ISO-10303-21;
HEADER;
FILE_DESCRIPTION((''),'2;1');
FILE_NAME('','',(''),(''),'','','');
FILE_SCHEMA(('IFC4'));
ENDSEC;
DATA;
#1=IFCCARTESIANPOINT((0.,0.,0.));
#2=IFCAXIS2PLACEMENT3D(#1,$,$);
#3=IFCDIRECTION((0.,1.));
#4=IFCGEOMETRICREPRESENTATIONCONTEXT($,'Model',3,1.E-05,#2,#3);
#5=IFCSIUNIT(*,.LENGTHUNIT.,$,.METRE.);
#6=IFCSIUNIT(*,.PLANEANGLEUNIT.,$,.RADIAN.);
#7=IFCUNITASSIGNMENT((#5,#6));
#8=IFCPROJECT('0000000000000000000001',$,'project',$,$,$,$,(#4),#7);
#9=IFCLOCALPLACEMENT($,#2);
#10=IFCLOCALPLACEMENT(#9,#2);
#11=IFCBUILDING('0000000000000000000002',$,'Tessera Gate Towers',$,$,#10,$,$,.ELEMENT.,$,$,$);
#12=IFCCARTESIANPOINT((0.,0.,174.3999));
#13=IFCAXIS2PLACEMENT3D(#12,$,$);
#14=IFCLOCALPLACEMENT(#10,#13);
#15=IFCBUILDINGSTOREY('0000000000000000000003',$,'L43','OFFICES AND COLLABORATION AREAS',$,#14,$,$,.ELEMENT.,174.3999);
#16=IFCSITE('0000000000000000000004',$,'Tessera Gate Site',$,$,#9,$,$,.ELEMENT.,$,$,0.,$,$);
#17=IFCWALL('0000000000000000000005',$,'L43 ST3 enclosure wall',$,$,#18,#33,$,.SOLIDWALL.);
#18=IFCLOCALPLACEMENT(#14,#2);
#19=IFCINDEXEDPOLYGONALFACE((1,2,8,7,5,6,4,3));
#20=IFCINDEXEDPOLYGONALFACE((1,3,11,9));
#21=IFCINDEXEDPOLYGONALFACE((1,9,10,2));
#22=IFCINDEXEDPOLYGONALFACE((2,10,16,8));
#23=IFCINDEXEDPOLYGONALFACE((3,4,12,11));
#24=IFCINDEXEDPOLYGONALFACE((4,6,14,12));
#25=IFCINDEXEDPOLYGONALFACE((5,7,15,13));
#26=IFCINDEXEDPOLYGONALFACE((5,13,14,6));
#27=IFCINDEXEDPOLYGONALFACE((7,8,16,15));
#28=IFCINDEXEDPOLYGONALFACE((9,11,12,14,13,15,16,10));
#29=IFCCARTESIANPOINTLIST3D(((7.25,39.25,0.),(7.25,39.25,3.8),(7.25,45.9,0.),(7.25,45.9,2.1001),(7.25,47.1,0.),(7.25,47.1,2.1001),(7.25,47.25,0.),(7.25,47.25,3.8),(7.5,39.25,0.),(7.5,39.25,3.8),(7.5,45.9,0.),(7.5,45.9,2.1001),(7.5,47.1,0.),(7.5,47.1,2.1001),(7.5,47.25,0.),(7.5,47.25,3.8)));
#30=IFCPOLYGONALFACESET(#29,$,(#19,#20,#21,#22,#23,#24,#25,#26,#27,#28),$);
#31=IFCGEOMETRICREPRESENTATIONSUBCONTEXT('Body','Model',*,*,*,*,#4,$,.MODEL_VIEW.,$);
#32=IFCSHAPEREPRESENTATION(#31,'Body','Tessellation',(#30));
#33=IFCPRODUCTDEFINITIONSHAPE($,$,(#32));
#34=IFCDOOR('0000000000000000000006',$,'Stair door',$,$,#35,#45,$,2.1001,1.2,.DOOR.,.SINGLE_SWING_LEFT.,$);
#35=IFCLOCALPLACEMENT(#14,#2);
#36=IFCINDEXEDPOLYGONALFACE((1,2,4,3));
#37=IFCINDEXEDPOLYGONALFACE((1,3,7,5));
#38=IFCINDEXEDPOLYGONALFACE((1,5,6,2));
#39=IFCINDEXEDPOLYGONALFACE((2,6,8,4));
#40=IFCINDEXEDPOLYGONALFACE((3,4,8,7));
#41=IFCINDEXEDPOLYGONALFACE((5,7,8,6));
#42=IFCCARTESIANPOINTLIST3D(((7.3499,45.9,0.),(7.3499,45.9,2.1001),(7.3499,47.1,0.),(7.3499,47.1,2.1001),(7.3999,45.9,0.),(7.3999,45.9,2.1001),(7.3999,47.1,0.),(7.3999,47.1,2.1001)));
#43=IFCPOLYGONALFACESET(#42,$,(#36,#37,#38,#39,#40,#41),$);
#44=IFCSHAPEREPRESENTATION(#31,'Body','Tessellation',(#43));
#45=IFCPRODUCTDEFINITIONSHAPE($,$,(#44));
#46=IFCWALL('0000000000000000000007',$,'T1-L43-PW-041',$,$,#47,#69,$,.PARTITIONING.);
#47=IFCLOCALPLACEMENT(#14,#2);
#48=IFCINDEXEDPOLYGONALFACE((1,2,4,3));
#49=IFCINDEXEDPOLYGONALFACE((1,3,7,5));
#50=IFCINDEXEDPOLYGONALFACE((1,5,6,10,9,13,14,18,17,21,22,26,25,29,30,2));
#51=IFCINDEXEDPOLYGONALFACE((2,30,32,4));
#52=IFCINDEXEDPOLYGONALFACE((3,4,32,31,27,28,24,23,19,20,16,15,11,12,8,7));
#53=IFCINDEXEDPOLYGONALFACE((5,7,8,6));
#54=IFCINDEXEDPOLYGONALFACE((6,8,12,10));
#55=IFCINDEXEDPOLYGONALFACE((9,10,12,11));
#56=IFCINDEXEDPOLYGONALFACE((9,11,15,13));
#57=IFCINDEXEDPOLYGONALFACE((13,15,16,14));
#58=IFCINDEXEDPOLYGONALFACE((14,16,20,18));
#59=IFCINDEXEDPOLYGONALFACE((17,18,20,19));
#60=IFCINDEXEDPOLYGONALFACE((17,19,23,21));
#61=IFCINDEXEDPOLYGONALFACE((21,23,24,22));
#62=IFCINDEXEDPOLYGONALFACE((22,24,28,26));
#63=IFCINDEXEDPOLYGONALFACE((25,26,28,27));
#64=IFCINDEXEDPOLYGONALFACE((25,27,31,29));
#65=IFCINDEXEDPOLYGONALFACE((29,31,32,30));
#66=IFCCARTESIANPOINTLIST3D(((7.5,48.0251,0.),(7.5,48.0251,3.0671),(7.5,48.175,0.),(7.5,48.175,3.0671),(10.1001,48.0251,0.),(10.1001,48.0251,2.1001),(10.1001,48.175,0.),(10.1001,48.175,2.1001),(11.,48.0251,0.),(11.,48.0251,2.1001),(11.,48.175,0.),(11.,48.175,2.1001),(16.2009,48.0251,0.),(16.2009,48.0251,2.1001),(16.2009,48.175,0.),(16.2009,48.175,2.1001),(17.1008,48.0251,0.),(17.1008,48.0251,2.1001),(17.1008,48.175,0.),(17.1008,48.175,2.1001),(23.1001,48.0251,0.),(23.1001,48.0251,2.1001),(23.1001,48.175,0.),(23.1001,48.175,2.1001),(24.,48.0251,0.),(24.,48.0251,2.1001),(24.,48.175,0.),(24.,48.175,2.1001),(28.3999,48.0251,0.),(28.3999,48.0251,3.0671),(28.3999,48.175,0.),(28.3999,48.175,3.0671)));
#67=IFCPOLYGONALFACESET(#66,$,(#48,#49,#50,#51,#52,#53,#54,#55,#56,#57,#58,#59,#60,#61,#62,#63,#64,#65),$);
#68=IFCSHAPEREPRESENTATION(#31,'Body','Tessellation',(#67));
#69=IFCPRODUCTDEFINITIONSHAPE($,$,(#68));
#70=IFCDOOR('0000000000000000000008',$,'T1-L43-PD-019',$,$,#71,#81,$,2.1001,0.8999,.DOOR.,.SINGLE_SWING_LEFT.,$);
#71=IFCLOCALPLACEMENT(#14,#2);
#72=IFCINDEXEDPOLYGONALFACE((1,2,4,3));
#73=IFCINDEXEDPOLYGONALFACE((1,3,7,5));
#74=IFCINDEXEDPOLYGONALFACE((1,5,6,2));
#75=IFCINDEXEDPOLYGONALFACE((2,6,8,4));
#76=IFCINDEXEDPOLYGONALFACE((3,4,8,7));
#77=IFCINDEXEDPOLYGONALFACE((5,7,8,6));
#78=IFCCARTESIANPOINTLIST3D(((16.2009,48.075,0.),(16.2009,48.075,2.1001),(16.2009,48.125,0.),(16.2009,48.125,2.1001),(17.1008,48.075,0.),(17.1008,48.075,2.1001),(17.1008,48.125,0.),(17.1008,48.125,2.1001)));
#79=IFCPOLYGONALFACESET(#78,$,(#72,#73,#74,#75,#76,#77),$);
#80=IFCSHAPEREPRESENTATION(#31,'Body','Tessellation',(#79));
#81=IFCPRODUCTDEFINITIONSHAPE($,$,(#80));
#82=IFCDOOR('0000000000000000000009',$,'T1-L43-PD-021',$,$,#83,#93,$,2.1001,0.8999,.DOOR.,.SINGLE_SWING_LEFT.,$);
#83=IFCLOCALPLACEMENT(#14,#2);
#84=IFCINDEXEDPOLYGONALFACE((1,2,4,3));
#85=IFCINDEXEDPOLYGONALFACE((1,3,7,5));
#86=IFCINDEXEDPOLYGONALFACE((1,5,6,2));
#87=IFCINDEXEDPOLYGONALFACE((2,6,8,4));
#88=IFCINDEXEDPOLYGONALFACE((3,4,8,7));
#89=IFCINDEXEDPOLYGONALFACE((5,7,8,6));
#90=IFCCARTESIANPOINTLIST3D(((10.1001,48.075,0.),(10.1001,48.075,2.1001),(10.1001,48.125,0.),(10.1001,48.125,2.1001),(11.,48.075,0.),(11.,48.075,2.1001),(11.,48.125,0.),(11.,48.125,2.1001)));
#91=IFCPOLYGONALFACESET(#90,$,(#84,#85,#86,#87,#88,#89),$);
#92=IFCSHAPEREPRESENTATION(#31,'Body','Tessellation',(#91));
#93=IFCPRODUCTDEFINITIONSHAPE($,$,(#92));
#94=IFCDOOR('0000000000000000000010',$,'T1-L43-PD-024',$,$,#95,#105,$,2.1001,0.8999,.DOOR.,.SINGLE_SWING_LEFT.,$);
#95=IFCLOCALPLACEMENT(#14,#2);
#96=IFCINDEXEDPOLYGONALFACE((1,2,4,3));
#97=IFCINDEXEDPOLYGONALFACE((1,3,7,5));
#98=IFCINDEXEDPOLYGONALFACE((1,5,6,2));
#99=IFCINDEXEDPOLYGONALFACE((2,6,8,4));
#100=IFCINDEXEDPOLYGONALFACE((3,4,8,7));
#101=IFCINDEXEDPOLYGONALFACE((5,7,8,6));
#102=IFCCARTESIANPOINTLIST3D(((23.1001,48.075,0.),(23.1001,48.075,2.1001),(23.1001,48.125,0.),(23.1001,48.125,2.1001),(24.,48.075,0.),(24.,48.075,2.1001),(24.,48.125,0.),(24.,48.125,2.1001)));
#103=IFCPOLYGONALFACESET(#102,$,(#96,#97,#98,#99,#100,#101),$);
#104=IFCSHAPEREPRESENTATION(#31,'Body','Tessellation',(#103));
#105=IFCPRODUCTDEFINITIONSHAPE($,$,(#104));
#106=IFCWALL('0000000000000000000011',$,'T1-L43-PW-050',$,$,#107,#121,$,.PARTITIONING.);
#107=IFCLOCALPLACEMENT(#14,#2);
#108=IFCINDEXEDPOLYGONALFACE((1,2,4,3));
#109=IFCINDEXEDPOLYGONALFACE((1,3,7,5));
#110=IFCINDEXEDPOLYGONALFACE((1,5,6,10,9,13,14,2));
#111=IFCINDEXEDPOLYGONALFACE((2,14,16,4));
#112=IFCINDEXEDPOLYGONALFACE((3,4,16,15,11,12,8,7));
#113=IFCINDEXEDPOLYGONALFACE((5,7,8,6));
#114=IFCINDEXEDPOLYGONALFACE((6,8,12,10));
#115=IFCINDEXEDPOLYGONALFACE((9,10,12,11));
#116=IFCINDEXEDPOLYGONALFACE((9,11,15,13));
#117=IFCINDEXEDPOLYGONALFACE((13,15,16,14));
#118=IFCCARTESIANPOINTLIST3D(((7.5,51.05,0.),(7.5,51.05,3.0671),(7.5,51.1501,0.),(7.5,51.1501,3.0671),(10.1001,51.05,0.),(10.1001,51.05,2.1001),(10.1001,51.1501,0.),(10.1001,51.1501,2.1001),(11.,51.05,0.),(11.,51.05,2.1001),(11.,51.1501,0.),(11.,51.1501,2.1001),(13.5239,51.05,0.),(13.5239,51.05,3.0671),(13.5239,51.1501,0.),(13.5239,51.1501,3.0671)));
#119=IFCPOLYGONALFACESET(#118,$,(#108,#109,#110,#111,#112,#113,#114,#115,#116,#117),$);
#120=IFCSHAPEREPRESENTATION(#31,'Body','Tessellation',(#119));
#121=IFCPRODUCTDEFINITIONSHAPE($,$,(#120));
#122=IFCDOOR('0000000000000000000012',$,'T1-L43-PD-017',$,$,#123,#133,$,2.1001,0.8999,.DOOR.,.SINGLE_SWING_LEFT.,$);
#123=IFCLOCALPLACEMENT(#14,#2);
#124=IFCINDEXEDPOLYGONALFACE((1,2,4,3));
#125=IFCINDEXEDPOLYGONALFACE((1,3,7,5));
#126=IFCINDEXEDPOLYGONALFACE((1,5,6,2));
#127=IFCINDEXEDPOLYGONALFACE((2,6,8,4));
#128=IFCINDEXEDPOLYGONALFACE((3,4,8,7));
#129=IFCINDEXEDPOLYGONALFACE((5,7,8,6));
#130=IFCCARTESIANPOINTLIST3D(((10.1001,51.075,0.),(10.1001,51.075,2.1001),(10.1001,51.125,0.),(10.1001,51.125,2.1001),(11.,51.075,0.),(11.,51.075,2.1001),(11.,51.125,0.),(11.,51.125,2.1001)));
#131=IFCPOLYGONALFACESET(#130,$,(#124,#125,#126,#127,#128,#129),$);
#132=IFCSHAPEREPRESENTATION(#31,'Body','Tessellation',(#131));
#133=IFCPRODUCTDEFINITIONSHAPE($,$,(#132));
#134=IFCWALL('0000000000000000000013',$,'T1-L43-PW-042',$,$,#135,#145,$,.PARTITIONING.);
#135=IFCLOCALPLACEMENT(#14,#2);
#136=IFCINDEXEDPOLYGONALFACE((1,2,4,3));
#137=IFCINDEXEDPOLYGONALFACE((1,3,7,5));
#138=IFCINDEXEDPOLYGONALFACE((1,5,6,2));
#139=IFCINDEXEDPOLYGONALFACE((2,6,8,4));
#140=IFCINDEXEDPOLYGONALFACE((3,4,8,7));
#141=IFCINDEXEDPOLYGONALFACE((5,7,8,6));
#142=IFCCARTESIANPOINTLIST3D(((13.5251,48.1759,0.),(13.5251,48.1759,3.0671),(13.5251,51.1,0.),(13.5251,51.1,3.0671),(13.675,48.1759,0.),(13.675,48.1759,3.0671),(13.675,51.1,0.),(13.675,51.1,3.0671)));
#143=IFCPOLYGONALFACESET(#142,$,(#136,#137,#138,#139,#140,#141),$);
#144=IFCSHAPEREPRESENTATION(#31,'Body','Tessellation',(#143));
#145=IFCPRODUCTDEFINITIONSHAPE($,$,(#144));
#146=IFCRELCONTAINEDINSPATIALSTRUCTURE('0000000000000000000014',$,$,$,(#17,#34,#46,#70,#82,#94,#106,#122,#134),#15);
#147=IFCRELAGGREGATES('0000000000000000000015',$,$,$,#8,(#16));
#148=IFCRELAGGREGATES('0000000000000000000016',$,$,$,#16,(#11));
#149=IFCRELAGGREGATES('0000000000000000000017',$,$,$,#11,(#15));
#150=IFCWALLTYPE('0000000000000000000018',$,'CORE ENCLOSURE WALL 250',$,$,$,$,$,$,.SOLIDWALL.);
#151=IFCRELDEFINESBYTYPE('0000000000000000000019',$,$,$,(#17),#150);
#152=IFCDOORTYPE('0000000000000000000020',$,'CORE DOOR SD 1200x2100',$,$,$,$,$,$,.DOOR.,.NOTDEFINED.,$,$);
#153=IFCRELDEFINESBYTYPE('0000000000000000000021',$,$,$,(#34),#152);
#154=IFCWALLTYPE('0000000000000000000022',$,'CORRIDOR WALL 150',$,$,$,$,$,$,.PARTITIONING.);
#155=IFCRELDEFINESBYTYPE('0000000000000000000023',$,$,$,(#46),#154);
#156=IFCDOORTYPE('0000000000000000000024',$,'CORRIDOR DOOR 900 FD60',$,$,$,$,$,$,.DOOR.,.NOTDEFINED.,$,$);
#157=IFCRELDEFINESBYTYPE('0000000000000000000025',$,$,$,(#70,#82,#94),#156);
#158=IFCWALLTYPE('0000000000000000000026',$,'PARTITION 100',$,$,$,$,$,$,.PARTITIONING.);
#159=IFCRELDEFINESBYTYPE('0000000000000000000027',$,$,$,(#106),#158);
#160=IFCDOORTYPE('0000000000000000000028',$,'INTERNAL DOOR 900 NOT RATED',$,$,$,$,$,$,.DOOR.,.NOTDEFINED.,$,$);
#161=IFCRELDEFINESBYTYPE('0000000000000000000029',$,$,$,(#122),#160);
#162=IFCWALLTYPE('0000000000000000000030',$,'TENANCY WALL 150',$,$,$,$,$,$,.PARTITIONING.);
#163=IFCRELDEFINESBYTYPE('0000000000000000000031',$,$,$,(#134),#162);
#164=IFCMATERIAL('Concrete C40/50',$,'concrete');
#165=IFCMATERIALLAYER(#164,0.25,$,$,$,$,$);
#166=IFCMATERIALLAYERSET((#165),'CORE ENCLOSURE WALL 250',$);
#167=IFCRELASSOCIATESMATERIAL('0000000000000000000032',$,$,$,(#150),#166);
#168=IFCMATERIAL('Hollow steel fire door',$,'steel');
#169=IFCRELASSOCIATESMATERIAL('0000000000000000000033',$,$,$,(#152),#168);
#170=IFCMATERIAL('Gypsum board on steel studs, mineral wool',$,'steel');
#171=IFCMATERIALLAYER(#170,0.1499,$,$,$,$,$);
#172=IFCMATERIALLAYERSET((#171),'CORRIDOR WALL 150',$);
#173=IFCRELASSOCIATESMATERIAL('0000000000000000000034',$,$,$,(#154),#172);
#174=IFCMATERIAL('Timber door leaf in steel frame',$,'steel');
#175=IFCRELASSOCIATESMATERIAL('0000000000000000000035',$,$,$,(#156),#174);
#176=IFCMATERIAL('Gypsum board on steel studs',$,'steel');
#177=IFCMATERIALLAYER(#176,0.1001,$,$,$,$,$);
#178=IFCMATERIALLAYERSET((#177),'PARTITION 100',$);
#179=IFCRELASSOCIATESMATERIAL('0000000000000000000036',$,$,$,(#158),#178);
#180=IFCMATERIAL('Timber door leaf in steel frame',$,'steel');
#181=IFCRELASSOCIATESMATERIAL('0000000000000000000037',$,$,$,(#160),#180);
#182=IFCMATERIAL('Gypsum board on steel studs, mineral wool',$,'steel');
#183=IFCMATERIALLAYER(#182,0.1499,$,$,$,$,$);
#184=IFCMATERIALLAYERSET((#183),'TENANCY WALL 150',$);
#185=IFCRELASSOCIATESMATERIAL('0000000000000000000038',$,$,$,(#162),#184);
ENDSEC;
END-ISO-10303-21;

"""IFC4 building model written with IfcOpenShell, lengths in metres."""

from ifc_helpers import new_model, si_unit, direction, frame, frame_2d, origin, place, context, subcontext, project, spatial, rectangle, extrude, source, transform, mapped, material, layer, layer_set, type_object, element, fill, save


model = new_model("IFC4")

# Units and contexts
model_context = context("Model", 3, precision=1e-05, world=origin(), true_north=direction((0.0, 1.0)))
body_context = subcontext(model_context, "Body", "Model", "MODEL_VIEW")
ifc_project = project(units=[si_unit("LENGTHUNIT", "METRE"), si_unit("PLANEANGLEUNIT", "RADIAN")], contexts=[model_context])

# Site, building, storey
site_placement = place(None, origin())
site = spatial("IfcSite", under=ifc_project, at=site_placement, Name="Tessera Gate Site", CompositionType="ELEMENT", RefElevation=0.0)
building_placement = place(site_placement, origin())
building = spatial("IfcBuilding", under=site, at=building_placement, Name="Tessera Gate Towers", CompositionType="ELEMENT")
storey_placement = place(building_placement, frame((0.0, 0.0, 174.3999)))
storey = spatial("IfcBuildingStorey", under=building, at=storey_placement, Name="L43", Description="OFFICES AND COLLABORATION AREAS", CompositionType="ELEMENT", Elevation=174.3999)

# Shared definitions
ifc_material_1 = material(Name="Concrete C40/50", Category="concrete")
ifc_layer_1 = layer(ifc_material_1, 0.25)
ifc_layer_set_1 = layer_set([ifc_layer_1], Name="CORE ENCLOSURE WALL 250")
wall_type_1 = type_object("IfcWallType", Name="CORE ENCLOSURE WALL 250", PredefinedType="SOLIDWALL", material=ifc_layer_set_1)

# Wall, opening, door
wall_1_placement = place(storey_placement, frame((7.375, 47.25, 0.0), z_axis=(0.0, 0.0, 1.0), x_axis=(0.0, -1.0, 0.0)))
wall_1 = element("IfcWall", 1, at=wall_1_placement, inside=storey, type_object=wall_type_1, Name="L43 ST3 enclosure wall", PredefinedType="SOLIDWALL", context=body_context, shape_type="SweptSolid", body=[
    extrude(rectangle(XDim=8.0, YDim=0.25, at=frame_2d((4.0, 0.0))), origin(), (0.0, 0.0, 1.0), 3.8),
])
shared_shape_1 = source(origin(), body_context, "Body", "SweptSolid", [
    extrude(rectangle(XDim=1.2, YDim=2.1001, at=frame_2d((0.6001, 1.05))), frame((0.0, 0.135, 0.0), z_axis=(0.0, -1.0, 0.0), x_axis=(1.0, 0.0, 0.0)), (0.0, 0.0, 1.0), 0.27),
])
opening_1_placement = place(wall_1_placement, frame((0.1499, 0.0, 0.0)))
opening_1 = element("IfcOpeningElement", 2, at=opening_1_placement, cuts=wall_1, PredefinedType="OPENING", context=body_context, shape_type="MappedRepresentation", body=[
    mapped(shared_shape_1, transform((0.0, 0.0, 0.0), scale=1.0)),
])
ifc_material_2 = material(Name="Hollow steel fire door", Category="steel")
door_type_1 = type_object("IfcDoorType", Name="CORE DOOR SD 1200x2100", OperationType="NOTDEFINED", PredefinedType="DOOR", material=ifc_material_2)
shared_shape_2 = source(origin(), body_context, "Body", "SweptSolid", [
    extrude(rectangle(XDim=1.2, YDim=2.1001, at=frame_2d((0.6001, 1.05))), frame((0.0, 0.0249, 0.0), z_axis=(0.0, -1.0, 0.0), x_axis=(1.0, 0.0, 0.0)), (0.0, 0.0, 1.0), 0.05),
])
door_1_placement = place(opening_1_placement, origin())
door_1 = element("IfcDoor", 3, at=door_1_placement, inside=storey, type_object=door_type_1, Name="Stair door", OperationType="SINGLE_SWING_LEFT", OverallHeight=2.1001, OverallWidth=1.2, PredefinedType="DOOR", context=body_context, shape_type="MappedRepresentation", body=[
    mapped(shared_shape_2, transform((0.0, 0.0, 0.0), scale=1.0)),
])
fill(opening_1, door_1)

# Wall, openings, doors
ifc_material_3 = material(Name="Gypsum board on steel studs, mineral wool", Category="steel")
ifc_layer_2 = layer(ifc_material_3, 0.1499)
ifc_layer_set_2 = layer_set([ifc_layer_2], Name="CORRIDOR WALL 150")
wall_type_2 = type_object("IfcWallType", Name="CORRIDOR WALL 150", PredefinedType="PARTITIONING", material=ifc_layer_set_2)
wall_2_placement = place(storey_placement, frame((7.5, 48.1001, 0.0), z_axis=(0.0, 0.0, 1.0), x_axis=(1.0, 0.0, 0.0)))
wall_2 = element("IfcWall", 4, at=wall_2_placement, inside=storey, type_object=wall_type_2, Name="T1-L43-PW-041", PredefinedType="PARTITIONING", context=body_context, shape_type="SweptSolid", body=[
    extrude(rectangle(XDim=20.8999, YDim=0.1499, at=frame_2d((10.45, 0.0))), origin(), (0.0, 0.0, 1.0), 3.0671),
])
shared_shape_3 = source(origin(), body_context, "Body", "SweptSolid", [
    extrude(rectangle(XDim=0.8999, YDim=2.1001, at=frame_2d((0.45, 1.05))), frame((0.0, 0.085, 0.0), z_axis=(0.0, -1.0, 0.0), x_axis=(1.0, 0.0, 0.0)), (0.0, 0.0, 1.0), 0.1699),
])
opening_2_placement = place(wall_2_placement, frame((8.7009, 0.0, 0.0)))
opening_2 = element("IfcOpeningElement", 5, at=opening_2_placement, cuts=wall_2, PredefinedType="OPENING", context=body_context, shape_type="MappedRepresentation", body=[
    mapped(shared_shape_3, transform((0.0, 0.0, 0.0), scale=1.0)),
])
opening_3_placement = place(wall_2_placement, frame((2.6001, 0.0, 0.0)))
opening_3 = element("IfcOpeningElement", 6, at=opening_3_placement, cuts=wall_2, PredefinedType="OPENING", context=body_context, shape_type="MappedRepresentation", body=[
    mapped(shared_shape_3, transform((0.0, 0.0, 0.0), scale=1.0)),
])
opening_4_placement = place(wall_2_placement, frame((15.6001, 0.0, 0.0)))
opening_4 = element("IfcOpeningElement", 7, at=opening_4_placement, cuts=wall_2, PredefinedType="OPENING", context=body_context, shape_type="MappedRepresentation", body=[
    mapped(shared_shape_3, transform((0.0, 0.0, 0.0), scale=1.0)),
])
ifc_material_4 = material(Name="Timber door leaf in steel frame", Category="steel")
door_type_2 = type_object("IfcDoorType", Name="CORRIDOR DOOR 900 FD60", OperationType="NOTDEFINED", PredefinedType="DOOR", material=ifc_material_4)
shared_shape_4 = source(origin(), body_context, "Body", "SweptSolid", [
    extrude(rectangle(XDim=0.8999, YDim=2.1001, at=frame_2d((0.45, 1.05))), frame((0.0, 0.0249, 0.0), z_axis=(0.0, -1.0, 0.0), x_axis=(1.0, 0.0, 0.0)), (0.0, 0.0, 1.0), 0.05),
])
door_2_placement = place(opening_2_placement, origin())
door_2 = element("IfcDoor", 8, at=door_2_placement, inside=storey, type_object=door_type_2, Name="T1-L43-PD-019", OperationType="SINGLE_SWING_LEFT", OverallHeight=2.1001, OverallWidth=0.8999, PredefinedType="DOOR", context=body_context, shape_type="MappedRepresentation", body=[
    mapped(shared_shape_4, transform((0.0, 0.0, 0.0), scale=1.0)),
])
fill(opening_2, door_2)
door_3_placement = place(opening_3_placement, origin())
door_3 = element("IfcDoor", 9, at=door_3_placement, inside=storey, type_object=door_type_2, Name="T1-L43-PD-021", OperationType="SINGLE_SWING_LEFT", OverallHeight=2.1001, OverallWidth=0.8999, PredefinedType="DOOR", context=body_context, shape_type="MappedRepresentation", body=[
    mapped(shared_shape_4, transform((0.0, 0.0, 0.0), scale=1.0)),
])
fill(opening_3, door_3)
door_4_placement = place(opening_4_placement, origin())
door_4 = element("IfcDoor", 10, at=door_4_placement, inside=storey, type_object=door_type_2, Name="T1-L43-PD-024", OperationType="SINGLE_SWING_LEFT", OverallHeight=2.1001, OverallWidth=0.8999, PredefinedType="DOOR", context=body_context, shape_type="MappedRepresentation", body=[
    mapped(shared_shape_4, transform((0.0, 0.0, 0.0), scale=1.0)),
])
fill(opening_4, door_4)

# Wall, opening, door
ifc_material_5 = material(Name="Gypsum board on steel studs", Category="steel")
ifc_layer_3 = layer(ifc_material_5, 0.1001)
ifc_layer_set_3 = layer_set([ifc_layer_3], Name="PARTITION 100")
wall_type_3 = type_object("IfcWallType", Name="PARTITION 100", PredefinedType="PARTITIONING", material=ifc_layer_set_3)
wall_3_placement = place(storey_placement, frame((7.5, 51.1001, 0.0), z_axis=(0.0, 0.0, 1.0), x_axis=(1.0, 0.0, 0.0)))
wall_3 = element("IfcWall", 11, at=wall_3_placement, inside=storey, type_object=wall_type_3, Name="T1-L43-PW-050", PredefinedType="PARTITIONING", context=body_context, shape_type="SweptSolid", body=[
    extrude(rectangle(XDim=6.0239, YDim=0.1001, at=frame_2d((3.012, 0.0))), origin(), (0.0, 0.0, 1.0), 3.0671),
])
shared_shape_5 = source(origin(), body_context, "Body", "SweptSolid", [
    extrude(rectangle(XDim=0.8999, YDim=2.1001, at=frame_2d((0.45, 1.05))), frame((0.0, 0.0601, 0.0), z_axis=(0.0, -1.0, 0.0), x_axis=(1.0, 0.0, 0.0)), (0.0, 0.0, 1.0), 0.1201),
])
opening_5_placement = place(wall_3_placement, frame((2.6001, 0.0, 0.0)))
opening_5 = element("IfcOpeningElement", 12, at=opening_5_placement, cuts=wall_3, PredefinedType="OPENING", context=body_context, shape_type="MappedRepresentation", body=[
    mapped(shared_shape_5, transform((0.0, 0.0, 0.0), scale=1.0)),
])
ifc_material_6 = material(Name="Timber door leaf in steel frame", Category="steel")
door_type_3 = type_object("IfcDoorType", Name="INTERNAL DOOR 900 NOT RATED", OperationType="NOTDEFINED", PredefinedType="DOOR", material=ifc_material_6)
door_5_placement = place(opening_5_placement, origin())
door_5 = element("IfcDoor", 13, at=door_5_placement, inside=storey, type_object=door_type_3, Name="T1-L43-PD-017", OperationType="SINGLE_SWING_LEFT", OverallHeight=2.1001, OverallWidth=0.8999, PredefinedType="DOOR", context=body_context, shape_type="MappedRepresentation", body=[
    mapped(shared_shape_4, transform((0.0, 0.0, 0.0), scale=1.0)),
])
fill(opening_5, door_5)

# Wall
ifc_material_7 = material(Name="Gypsum board on steel studs, mineral wool", Category="steel")
ifc_layer_4 = layer(ifc_material_7, 0.1499)
ifc_layer_set_4 = layer_set([ifc_layer_4], Name="TENANCY WALL 150")
wall_type_4 = type_object("IfcWallType", Name="TENANCY WALL 150", PredefinedType="PARTITIONING", material=ifc_layer_set_4)
wall_4_placement = place(storey_placement, frame((13.6001, 48.176, 0.0), z_axis=(0.0, 0.0, 1.0), x_axis=(0.0, 1.0, 0.0)))
element("IfcWall", 14, at=wall_4_placement, inside=storey, type_object=wall_type_4, Name="T1-L43-PW-042", PredefinedType="PARTITIONING", context=body_context, shape_type="SweptSolid", body=[
    extrude(rectangle(XDim=2.9241, YDim=0.1499, at=frame_2d((1.4619, 0.0))), origin(), (0.0, 0.0, 1.0), 3.0671),
])

save(model, "model.ifc")
